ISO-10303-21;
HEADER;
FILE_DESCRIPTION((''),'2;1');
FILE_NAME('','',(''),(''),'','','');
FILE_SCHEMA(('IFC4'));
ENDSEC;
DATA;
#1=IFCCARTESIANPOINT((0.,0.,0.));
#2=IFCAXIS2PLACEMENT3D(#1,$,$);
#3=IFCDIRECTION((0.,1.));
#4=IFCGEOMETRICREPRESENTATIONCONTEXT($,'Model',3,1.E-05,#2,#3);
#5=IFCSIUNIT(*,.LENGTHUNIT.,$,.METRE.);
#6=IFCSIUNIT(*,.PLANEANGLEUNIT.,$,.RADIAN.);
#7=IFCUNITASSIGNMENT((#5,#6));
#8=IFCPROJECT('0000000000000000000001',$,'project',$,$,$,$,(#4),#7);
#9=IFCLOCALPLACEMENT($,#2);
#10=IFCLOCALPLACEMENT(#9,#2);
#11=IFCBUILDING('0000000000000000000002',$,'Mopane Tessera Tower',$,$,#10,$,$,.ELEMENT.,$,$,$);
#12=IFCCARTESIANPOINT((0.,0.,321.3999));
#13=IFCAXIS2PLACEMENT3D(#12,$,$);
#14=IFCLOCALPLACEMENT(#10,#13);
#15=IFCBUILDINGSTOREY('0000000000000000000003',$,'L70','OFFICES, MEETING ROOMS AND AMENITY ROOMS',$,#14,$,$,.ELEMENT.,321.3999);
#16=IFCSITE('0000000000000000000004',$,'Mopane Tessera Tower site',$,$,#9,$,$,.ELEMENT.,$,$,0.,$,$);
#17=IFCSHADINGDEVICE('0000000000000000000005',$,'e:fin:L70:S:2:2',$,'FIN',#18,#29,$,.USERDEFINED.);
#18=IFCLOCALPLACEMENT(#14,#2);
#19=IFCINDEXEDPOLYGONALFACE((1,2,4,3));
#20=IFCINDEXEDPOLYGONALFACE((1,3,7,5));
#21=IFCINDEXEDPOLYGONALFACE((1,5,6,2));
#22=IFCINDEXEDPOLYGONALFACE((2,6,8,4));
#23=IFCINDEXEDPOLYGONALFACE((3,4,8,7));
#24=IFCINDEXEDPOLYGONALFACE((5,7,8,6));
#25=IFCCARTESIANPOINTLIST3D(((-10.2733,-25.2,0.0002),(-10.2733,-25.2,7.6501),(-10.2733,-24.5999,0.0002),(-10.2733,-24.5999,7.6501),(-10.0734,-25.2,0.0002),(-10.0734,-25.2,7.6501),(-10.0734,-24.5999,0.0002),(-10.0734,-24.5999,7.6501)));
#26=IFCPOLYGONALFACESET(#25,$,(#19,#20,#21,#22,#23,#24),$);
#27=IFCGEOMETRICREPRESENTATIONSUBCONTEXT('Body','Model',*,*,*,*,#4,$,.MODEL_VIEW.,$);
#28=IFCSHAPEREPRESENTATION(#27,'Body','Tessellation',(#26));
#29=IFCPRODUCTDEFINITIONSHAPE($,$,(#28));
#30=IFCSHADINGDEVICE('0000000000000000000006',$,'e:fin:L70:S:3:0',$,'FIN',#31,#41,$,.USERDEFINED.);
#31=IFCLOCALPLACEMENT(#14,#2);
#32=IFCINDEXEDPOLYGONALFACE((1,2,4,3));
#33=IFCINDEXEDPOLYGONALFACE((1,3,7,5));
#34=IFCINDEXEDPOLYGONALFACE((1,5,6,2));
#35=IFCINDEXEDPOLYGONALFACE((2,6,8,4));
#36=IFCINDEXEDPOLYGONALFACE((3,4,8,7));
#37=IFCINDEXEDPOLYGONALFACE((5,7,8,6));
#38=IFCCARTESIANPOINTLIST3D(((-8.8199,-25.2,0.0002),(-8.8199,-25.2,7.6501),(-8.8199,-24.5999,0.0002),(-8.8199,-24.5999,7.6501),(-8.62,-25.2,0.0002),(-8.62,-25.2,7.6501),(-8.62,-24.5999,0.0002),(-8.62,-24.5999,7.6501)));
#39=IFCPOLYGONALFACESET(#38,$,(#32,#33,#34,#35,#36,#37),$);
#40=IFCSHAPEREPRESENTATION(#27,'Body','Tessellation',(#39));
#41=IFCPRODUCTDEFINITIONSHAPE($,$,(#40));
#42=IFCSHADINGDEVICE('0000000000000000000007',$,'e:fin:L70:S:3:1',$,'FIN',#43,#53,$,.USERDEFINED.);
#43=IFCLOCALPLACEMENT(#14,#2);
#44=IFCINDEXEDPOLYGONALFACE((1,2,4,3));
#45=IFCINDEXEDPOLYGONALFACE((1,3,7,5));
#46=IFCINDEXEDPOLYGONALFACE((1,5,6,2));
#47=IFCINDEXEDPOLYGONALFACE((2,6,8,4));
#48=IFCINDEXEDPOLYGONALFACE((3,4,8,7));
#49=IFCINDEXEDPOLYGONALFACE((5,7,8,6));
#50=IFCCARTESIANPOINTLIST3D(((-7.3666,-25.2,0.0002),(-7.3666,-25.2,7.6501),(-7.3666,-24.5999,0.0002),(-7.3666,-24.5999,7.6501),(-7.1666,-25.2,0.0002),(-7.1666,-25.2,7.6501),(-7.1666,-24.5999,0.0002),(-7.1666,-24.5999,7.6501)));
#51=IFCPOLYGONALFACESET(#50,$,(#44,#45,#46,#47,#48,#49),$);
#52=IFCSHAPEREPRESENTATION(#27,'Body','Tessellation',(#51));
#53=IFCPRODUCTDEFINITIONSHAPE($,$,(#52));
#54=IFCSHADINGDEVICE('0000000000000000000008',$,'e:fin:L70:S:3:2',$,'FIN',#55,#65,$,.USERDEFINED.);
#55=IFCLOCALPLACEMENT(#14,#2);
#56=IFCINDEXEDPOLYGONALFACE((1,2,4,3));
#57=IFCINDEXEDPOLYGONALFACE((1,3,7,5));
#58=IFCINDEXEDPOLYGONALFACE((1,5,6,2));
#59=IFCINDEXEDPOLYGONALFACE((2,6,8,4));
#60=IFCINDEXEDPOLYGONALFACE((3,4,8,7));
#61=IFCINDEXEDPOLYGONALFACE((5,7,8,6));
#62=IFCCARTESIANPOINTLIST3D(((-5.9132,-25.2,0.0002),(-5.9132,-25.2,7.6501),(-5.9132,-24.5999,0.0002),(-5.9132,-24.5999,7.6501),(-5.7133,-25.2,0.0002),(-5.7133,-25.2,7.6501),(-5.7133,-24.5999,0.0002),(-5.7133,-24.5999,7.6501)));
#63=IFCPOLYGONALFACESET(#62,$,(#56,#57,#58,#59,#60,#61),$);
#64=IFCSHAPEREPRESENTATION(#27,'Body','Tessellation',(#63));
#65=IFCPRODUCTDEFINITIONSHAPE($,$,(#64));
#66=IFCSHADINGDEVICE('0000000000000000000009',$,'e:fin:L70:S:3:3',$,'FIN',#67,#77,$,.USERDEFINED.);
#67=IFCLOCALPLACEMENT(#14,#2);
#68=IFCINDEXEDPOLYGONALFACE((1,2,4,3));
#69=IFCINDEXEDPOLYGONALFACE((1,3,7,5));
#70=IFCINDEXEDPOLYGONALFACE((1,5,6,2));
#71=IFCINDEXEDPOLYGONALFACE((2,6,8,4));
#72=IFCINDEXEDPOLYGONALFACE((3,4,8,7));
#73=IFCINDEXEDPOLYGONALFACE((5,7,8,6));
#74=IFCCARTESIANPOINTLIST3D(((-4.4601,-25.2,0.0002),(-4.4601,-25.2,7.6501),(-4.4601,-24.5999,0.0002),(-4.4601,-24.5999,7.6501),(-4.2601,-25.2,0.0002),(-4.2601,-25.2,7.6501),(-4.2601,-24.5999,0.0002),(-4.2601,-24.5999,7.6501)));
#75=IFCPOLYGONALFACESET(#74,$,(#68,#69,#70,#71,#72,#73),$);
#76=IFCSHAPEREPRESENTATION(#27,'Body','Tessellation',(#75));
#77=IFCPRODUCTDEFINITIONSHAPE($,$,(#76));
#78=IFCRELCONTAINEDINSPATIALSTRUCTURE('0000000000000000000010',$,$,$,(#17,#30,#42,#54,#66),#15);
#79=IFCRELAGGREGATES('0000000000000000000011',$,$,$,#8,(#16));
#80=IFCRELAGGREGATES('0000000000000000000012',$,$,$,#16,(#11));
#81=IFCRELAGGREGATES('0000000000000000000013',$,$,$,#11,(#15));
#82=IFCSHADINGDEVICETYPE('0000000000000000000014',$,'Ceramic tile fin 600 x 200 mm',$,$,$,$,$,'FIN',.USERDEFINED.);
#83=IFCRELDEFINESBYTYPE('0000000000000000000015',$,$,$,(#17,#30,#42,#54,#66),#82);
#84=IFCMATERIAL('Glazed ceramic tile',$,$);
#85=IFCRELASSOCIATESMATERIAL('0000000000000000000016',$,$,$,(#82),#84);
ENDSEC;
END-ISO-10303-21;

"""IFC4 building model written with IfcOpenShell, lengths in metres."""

from ifc_helpers import new_model, si_unit, direction, frame, origin, origin_2d, place, context, subcontext, project, spatial, rectangle, extrude, material, type_object, element, save


model = new_model("IFC4")

# Units and contexts
model_context = context("Model", 3, precision=1e-05, world=origin(), true_north=direction((0.0, 1.0)))
body_context = subcontext(model_context, "Body", "Model", "MODEL_VIEW")
ifc_project = project(units=[si_unit("LENGTHUNIT", "METRE"), si_unit("PLANEANGLEUNIT", "RADIAN")], contexts=[model_context])

# Site, building, storey
site_placement = place(None, origin())
site = spatial("IfcSite", under=ifc_project, at=site_placement, Name="Mopane Tessera Tower site", CompositionType="ELEMENT", RefElevation=0.0)
building_placement = place(site_placement, origin())
building = spatial("IfcBuilding", under=site, at=building_placement, Name="Mopane Tessera Tower", CompositionType="ELEMENT")
storey_placement = place(building_placement, frame((0.0, 0.0, 321.3999)))
storey = spatial("IfcBuildingStorey", under=building, at=storey_placement, Name="L70", Description="OFFICES, MEETING ROOMS AND AMENITY ROOMS", CompositionType="ELEMENT", Elevation=321.3999)

# Shading devices
ifc_material_1 = material(Name="Glazed ceramic tile")
shading_device_type = type_object("IfcShadingDeviceType", Name="Ceramic tile fin 600 x 200 mm", ElementType="FIN", PredefinedType="USERDEFINED", material=ifc_material_1)
for number, where, z_axis, x_axis, name in (
    (1, (-10.1733, -24.8999, 0.0002), (0.0, 0.0, 1.0), (1.0, 0.0, 0.0), "e:fin:L70:S:2:2"),
    (2, (-8.72, -24.8999, 0.0002), (0.0, 0.0, 1.0), (1.0, 0.0, 0.0), "e:fin:L70:S:3:0"),
    (3, (-7.2666, -24.8999, 0.0002), (0.0, 0.0, 1.0), (1.0, 0.0, 0.0), "e:fin:L70:S:3:1"),
    (4, (-5.8132, -24.8999, 0.0002), (0.0, 0.0, 1.0), (1.0, 0.0, 0.0), "e:fin:L70:S:3:2"),
    (5, (-4.3601, -24.8999, 0.0002), (0.0, 0.0, 1.0), (1.0, 0.0, 0.0), "e:fin:L70:S:3:3"),
):
    element("IfcShadingDevice", number, at=place(storey_placement, frame(where, z_axis=z_axis, x_axis=x_axis)), inside=storey, type_object=shading_device_type, Name=name, ObjectType="FIN", PredefinedType="USERDEFINED", context=body_context, shape_type="SweptSolid", body=[
        extrude(rectangle(XDim=0.2, YDim=0.6001, at=origin_2d()), origin(), (0.0, 0.0, 1.0), 7.6499),
    ])

save(model, "model.ifc")
